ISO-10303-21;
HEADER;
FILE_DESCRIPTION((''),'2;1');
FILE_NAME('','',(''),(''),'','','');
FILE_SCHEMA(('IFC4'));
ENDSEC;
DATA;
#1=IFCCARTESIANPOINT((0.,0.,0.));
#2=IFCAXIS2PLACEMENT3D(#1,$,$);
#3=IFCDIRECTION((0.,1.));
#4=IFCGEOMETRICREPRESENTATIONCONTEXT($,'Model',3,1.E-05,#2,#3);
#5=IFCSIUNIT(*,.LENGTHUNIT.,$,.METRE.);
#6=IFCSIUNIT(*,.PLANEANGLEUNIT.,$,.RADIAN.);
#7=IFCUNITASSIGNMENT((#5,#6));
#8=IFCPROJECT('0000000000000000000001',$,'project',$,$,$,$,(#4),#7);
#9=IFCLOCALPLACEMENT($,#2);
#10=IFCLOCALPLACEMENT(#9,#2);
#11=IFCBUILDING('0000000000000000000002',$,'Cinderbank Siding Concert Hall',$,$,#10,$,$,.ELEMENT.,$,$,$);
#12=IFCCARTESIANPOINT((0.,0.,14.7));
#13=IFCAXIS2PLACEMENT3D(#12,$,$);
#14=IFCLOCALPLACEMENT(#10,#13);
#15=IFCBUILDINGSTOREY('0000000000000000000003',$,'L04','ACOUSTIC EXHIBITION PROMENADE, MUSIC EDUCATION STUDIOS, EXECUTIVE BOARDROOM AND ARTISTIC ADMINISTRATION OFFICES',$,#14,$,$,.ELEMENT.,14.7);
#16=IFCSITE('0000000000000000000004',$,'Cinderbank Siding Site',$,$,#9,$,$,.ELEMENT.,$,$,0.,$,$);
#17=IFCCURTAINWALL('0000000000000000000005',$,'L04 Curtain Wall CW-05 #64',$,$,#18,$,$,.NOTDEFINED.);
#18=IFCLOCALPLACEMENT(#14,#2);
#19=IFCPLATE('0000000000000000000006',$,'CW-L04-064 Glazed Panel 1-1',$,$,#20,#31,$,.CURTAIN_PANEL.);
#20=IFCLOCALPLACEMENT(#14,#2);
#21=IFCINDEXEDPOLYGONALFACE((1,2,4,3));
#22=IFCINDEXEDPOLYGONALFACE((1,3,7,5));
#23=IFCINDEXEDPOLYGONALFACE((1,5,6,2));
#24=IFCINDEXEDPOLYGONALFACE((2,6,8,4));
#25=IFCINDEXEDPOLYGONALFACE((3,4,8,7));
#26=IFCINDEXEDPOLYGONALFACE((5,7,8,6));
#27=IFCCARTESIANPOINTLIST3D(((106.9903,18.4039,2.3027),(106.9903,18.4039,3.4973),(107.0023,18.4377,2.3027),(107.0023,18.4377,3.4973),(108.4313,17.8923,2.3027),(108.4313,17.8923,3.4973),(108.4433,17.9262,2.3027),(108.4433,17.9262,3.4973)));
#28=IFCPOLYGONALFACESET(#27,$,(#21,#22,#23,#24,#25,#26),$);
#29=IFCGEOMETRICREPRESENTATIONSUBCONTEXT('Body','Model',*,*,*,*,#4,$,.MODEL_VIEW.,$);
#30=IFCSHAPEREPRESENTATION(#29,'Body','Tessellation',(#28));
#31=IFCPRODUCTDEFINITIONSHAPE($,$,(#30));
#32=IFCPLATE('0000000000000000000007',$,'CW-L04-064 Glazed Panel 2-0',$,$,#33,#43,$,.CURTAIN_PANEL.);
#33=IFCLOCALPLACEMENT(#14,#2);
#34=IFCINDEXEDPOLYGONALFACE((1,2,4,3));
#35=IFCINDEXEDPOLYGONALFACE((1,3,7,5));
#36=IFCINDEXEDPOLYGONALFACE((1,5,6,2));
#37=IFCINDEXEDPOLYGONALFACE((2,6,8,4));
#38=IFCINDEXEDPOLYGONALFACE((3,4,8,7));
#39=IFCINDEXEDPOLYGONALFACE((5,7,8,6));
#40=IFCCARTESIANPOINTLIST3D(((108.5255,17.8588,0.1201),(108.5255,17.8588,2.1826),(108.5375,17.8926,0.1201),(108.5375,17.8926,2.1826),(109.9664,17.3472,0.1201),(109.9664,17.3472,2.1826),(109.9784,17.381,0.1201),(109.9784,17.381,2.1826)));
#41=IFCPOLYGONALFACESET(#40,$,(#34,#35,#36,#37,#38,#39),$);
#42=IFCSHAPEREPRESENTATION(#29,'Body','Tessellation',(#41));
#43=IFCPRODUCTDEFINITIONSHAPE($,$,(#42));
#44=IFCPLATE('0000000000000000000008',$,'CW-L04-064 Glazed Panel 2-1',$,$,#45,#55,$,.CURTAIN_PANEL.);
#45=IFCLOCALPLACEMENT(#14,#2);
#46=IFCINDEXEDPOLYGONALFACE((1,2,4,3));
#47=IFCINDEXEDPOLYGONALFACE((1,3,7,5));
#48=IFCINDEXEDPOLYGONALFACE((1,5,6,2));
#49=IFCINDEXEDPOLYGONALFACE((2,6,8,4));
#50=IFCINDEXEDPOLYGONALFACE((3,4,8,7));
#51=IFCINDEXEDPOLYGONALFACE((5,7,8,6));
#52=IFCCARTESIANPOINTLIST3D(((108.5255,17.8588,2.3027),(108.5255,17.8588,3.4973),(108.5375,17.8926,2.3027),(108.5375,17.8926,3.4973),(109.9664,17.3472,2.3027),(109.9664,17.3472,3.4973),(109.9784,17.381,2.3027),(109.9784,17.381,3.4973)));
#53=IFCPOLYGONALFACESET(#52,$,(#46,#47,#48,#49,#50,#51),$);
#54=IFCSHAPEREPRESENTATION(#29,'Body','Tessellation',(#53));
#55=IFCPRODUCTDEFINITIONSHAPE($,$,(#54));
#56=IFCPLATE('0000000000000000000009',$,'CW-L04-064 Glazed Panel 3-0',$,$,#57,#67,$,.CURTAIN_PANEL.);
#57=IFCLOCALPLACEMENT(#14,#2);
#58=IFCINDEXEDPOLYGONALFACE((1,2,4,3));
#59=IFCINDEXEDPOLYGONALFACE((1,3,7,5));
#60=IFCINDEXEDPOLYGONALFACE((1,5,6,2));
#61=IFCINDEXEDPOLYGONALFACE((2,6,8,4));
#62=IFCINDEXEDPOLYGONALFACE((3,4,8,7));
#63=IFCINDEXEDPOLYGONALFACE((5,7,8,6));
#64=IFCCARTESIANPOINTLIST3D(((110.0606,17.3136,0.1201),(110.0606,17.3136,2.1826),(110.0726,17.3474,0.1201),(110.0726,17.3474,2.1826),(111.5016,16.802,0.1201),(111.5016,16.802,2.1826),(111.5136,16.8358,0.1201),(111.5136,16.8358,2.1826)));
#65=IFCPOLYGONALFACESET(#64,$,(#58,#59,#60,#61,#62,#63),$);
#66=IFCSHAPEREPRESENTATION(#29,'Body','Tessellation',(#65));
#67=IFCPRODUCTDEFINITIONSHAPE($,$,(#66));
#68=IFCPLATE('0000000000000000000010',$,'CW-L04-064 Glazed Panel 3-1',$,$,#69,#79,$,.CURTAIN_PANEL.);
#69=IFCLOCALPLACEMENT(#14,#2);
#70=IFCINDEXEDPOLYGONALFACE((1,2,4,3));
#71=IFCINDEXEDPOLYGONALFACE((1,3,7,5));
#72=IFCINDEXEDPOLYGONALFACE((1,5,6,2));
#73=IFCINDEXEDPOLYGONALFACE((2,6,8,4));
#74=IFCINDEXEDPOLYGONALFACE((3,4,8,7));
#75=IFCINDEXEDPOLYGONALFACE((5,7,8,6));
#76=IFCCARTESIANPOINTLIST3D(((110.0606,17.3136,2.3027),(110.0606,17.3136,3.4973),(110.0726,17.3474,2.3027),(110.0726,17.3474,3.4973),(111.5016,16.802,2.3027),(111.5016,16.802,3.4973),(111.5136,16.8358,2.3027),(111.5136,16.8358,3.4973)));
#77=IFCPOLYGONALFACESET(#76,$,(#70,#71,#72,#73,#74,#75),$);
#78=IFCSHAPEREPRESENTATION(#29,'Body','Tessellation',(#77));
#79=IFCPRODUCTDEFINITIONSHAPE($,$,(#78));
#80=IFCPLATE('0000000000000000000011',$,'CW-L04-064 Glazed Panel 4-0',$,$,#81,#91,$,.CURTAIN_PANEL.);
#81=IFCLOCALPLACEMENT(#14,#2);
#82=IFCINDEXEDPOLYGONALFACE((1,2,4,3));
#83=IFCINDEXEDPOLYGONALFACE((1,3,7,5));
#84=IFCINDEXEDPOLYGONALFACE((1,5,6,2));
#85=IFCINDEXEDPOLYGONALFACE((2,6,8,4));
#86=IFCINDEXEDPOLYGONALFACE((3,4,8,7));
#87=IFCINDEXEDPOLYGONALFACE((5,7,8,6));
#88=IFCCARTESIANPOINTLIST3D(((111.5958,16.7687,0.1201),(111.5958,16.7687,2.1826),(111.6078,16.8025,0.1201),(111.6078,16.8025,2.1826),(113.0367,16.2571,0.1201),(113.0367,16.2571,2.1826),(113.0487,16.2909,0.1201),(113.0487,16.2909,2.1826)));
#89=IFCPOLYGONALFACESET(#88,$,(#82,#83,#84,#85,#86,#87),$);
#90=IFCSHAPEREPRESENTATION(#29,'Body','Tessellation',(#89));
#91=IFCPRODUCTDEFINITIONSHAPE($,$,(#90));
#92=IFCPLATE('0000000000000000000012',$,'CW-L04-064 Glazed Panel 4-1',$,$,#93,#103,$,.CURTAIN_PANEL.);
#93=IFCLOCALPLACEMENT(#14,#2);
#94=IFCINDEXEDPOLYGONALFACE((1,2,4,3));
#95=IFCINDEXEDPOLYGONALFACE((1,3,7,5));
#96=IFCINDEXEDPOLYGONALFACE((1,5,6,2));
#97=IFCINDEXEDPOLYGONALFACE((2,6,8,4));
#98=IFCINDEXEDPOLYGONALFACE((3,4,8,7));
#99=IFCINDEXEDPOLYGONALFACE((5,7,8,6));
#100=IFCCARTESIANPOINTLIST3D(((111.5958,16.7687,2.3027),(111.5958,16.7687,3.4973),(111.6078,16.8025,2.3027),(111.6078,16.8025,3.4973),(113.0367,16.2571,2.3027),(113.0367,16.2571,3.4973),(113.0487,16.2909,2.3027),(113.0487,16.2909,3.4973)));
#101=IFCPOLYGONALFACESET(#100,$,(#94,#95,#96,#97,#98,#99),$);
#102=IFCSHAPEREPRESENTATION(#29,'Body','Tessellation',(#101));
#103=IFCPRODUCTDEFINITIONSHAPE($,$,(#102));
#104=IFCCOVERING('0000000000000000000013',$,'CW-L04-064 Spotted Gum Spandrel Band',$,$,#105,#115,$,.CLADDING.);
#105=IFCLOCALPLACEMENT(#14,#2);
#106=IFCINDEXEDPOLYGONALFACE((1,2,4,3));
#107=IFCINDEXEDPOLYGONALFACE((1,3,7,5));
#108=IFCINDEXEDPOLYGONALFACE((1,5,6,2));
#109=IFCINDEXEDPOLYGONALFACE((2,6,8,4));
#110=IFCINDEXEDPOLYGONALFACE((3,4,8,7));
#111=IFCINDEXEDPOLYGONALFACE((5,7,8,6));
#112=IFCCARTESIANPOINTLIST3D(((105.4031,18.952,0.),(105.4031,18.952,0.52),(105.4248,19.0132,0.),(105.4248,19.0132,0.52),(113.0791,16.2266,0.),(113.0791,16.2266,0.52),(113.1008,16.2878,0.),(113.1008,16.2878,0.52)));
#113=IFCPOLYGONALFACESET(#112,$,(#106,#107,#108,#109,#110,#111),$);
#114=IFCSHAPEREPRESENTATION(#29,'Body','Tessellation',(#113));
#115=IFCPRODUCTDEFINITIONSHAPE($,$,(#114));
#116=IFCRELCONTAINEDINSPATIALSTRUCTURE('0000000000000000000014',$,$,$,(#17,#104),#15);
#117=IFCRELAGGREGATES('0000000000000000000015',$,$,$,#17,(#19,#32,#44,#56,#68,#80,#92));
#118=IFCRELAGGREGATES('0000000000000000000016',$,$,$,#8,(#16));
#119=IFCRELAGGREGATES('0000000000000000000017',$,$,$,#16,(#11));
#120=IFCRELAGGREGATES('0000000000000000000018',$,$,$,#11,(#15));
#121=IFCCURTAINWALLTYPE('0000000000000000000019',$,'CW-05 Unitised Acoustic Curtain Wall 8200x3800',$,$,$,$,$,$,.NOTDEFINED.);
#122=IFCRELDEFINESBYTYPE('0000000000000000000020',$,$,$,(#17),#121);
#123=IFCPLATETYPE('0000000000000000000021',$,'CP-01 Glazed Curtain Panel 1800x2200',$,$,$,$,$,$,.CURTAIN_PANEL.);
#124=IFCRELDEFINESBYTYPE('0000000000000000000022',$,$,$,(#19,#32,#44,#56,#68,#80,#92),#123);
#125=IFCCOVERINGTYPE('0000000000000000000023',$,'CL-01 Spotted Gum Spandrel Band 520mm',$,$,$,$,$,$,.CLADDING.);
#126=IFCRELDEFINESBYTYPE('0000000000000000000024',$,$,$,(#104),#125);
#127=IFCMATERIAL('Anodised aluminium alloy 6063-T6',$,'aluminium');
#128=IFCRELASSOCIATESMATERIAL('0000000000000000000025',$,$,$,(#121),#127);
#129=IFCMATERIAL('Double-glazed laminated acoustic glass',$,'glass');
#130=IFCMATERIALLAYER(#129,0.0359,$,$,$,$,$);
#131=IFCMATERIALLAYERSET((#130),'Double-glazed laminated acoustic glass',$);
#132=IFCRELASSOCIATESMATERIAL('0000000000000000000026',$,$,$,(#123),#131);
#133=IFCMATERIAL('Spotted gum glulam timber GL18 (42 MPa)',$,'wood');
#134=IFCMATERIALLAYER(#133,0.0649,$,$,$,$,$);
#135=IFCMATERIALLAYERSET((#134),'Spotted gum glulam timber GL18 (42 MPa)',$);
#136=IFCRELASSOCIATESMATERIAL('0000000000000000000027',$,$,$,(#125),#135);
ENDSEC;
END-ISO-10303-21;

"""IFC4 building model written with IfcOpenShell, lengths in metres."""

from ifc_helpers import new_model, si_unit, direction, frame, origin, origin_2d, place, context, subcontext, project, spatial, rectangle, extrude, material, layer, layer_set, type_object, element, aggregate, save


model = new_model("IFC4")

# Units and contexts
model_context = context("Model", 3, precision=1e-05, world=origin(), true_north=direction((0.0, 1.0)))
body_context = subcontext(model_context, "Body", "Model", "MODEL_VIEW")
ifc_project = project(units=[si_unit("LENGTHUNIT", "METRE"), si_unit("PLANEANGLEUNIT", "RADIAN")], contexts=[model_context])

# Site, building, storey
site_placement = place(None, origin())
site = spatial("IfcSite", under=ifc_project, at=site_placement, Name="Cinderbank Siding Site", CompositionType="ELEMENT", RefElevation=0.0)
building_placement = place(site_placement, origin())
building = spatial("IfcBuilding", under=site, at=building_placement, Name="Cinderbank Siding Concert Hall", CompositionType="ELEMENT")
storey_placement = place(building_placement, frame((0.0, 0.0, 14.7)))
storey = spatial("IfcBuildingStorey", under=building, at=storey_placement, Name="L04", Description="ACOUSTIC EXHIBITION PROMENADE, MUSIC EDUCATION STUDIOS, EXECUTIVE BOARDROOM AND ARTISTIC ADMINISTRATION OFFICES", CompositionType="ELEMENT", Elevation=14.7)

# Curtain wall, plates
ifc_material_1 = material(Name="Anodised aluminium alloy 6063-T6", Category="aluminium")
curtain_wall_type = type_object("IfcCurtainWallType", Name="CW-05 Unitised Acoustic Curtain Wall 8200x3800", PredefinedType="NOTDEFINED", material=ifc_material_1)
curtain_wall_placement = place(storey_placement, origin())
curtain_wall = element("IfcCurtainWall", 1, at=curtain_wall_placement, inside=storey, type_object=curtain_wall_type, Name="L04 Curtain Wall CW-05 #64", PredefinedType="NOTDEFINED")
ifc_material_2 = material(Name="Double-glazed laminated acoustic glass", Category="glass")
ifc_layer_1 = layer(ifc_material_2, 0.0359)
ifc_layer_set_1 = layer_set([ifc_layer_1], Name="Double-glazed laminated acoustic glass")
plate_type = type_object("IfcPlateType", Name="CP-01 Glazed Curtain Panel 1800x2200", PredefinedType="CURTAIN_PANEL", material=ifc_layer_set_1)
plate_1_placement = place(storey_placement, frame((107.7168, 18.165, 2.3027), z_axis=(0.0, 0.0, 1.0), x_axis=(0.942366, -0.334585, 0.0)))
plate_1 = element("IfcPlate", 2, at=plate_1_placement, type_object=plate_type, Name="CW-L04-064 Glazed Panel 1-1", PredefinedType="CURTAIN_PANEL", context=body_context, shape_type="SweptSolid", body=[
    extrude(rectangle(XDim=1.5291, YDim=0.0359, at=origin_2d()), origin(), (0.0, 0.0, 1.0), 1.1946),
])
plate_2_placement = place(storey_placement, frame((109.252, 17.6199, 0.1201), z_axis=(0.0, 0.0, 1.0), x_axis=(0.942366, -0.334585, 0.0)))
plate_2 = element("IfcPlate", 3, at=plate_2_placement, type_object=plate_type, Name="CW-L04-064 Glazed Panel 2-0", PredefinedType="CURTAIN_PANEL", context=body_context, shape_type="SweptSolid", body=[
    extrude(rectangle(XDim=1.5291, YDim=0.0359, at=origin_2d()), origin(), (0.0, 0.0, 1.0), 2.0625),
])
plate_3_placement = place(storey_placement, frame((109.252, 17.6199, 2.3027), z_axis=(0.0, 0.0, 1.0), x_axis=(0.942366, -0.334585, 0.0)))
plate_3 = element("IfcPlate", 4, at=plate_3_placement, type_object=plate_type, Name="CW-L04-064 Glazed Panel 2-1", PredefinedType="CURTAIN_PANEL", context=body_context, shape_type="SweptSolid", body=[
    extrude(rectangle(XDim=1.5291, YDim=0.0359, at=origin_2d()), origin(), (0.0, 0.0, 1.0), 1.1946),
])
plate_4_placement = place(storey_placement, frame((110.7871, 17.0747, 0.1201), z_axis=(0.0, 0.0, 1.0), x_axis=(0.942366, -0.334585, 0.0)))
plate_4 = element("IfcPlate", 5, at=plate_4_placement, type_object=plate_type, Name="CW-L04-064 Glazed Panel 3-0", PredefinedType="CURTAIN_PANEL", context=body_context, shape_type="SweptSolid", body=[
    extrude(rectangle(XDim=1.5291, YDim=0.0359, at=origin_2d()), origin(), (0.0, 0.0, 1.0), 2.0625),
])
plate_5_placement = place(storey_placement, frame((110.7871, 17.0747, 2.3027), z_axis=(0.0, 0.0, 1.0), x_axis=(0.942366, -0.334585, 0.0)))
plate_5 = element("IfcPlate", 6, at=plate_5_placement, type_object=plate_type, Name="CW-L04-064 Glazed Panel 3-1", PredefinedType="CURTAIN_PANEL", context=body_context, shape_type="SweptSolid", body=[
    extrude(rectangle(XDim=1.5291, YDim=0.0359, at=origin_2d()), origin(), (0.0, 0.0, 1.0), 1.1946),
])
plate_6_placement = place(storey_placement, frame((112.3223, 16.5298, 0.1201), z_axis=(0.0, 0.0, 1.0), x_axis=(0.942366, -0.334585, 0.0)))
plate_6 = element("IfcPlate", 7, at=plate_6_placement, type_object=plate_type, Name="CW-L04-064 Glazed Panel 4-0", PredefinedType="CURTAIN_PANEL", context=body_context, shape_type="SweptSolid", body=[
    extrude(rectangle(XDim=1.5291, YDim=0.0359, at=origin_2d()), origin(), (0.0, 0.0, 1.0), 2.0625),
])
plate_7_placement = place(storey_placement, frame((112.3223, 16.5298, 2.3027), z_axis=(0.0, 0.0, 1.0), x_axis=(0.942366, -0.334585, 0.0)))
plate_7 = element("IfcPlate", 8, at=plate_7_placement, type_object=plate_type, Name="CW-L04-064 Glazed Panel 4-1", PredefinedType="CURTAIN_PANEL", context=body_context, shape_type="SweptSolid", body=[
    extrude(rectangle(XDim=1.5291, YDim=0.0359, at=origin_2d()), origin(), (0.0, 0.0, 1.0), 1.1946),
])
aggregate(curtain_wall, [plate_1, plate_2, plate_3, plate_4, plate_5, plate_6, plate_7])

# Covering
ifc_material_3 = material(Name="Spotted gum glulam timber GL18 (42 MPa)", Category="wood")
ifc_layer_2 = layer(ifc_material_3, 0.0649)
ifc_layer_set_2 = layer_set([ifc_layer_2], Name="Spotted gum glulam timber GL18 (42 MPa)")
covering_type = type_object("IfcCoveringType", Name="CL-01 Spotted Gum Spandrel Band 520mm", PredefinedType="CLADDING", material=ifc_layer_set_2)
covering_placement = place(storey_placement, frame((109.252, 17.6199, 0.0), z_axis=(0.0, 0.0, 1.0), x_axis=(0.942366, -0.334585, 0.0)))
element("IfcCovering", 9, at=covering_placement, inside=storey, type_object=covering_type, Name="CW-L04-064 Spotted Gum Spandrel Band", PredefinedType="CLADDING", context=body_context, shape_type="SweptSolid", body=[
    extrude(rectangle(XDim=8.1455, YDim=0.0649, at=origin_2d()), origin(), (0.0, 0.0, 1.0), 0.52),
])

save(model, "model.ifc")
